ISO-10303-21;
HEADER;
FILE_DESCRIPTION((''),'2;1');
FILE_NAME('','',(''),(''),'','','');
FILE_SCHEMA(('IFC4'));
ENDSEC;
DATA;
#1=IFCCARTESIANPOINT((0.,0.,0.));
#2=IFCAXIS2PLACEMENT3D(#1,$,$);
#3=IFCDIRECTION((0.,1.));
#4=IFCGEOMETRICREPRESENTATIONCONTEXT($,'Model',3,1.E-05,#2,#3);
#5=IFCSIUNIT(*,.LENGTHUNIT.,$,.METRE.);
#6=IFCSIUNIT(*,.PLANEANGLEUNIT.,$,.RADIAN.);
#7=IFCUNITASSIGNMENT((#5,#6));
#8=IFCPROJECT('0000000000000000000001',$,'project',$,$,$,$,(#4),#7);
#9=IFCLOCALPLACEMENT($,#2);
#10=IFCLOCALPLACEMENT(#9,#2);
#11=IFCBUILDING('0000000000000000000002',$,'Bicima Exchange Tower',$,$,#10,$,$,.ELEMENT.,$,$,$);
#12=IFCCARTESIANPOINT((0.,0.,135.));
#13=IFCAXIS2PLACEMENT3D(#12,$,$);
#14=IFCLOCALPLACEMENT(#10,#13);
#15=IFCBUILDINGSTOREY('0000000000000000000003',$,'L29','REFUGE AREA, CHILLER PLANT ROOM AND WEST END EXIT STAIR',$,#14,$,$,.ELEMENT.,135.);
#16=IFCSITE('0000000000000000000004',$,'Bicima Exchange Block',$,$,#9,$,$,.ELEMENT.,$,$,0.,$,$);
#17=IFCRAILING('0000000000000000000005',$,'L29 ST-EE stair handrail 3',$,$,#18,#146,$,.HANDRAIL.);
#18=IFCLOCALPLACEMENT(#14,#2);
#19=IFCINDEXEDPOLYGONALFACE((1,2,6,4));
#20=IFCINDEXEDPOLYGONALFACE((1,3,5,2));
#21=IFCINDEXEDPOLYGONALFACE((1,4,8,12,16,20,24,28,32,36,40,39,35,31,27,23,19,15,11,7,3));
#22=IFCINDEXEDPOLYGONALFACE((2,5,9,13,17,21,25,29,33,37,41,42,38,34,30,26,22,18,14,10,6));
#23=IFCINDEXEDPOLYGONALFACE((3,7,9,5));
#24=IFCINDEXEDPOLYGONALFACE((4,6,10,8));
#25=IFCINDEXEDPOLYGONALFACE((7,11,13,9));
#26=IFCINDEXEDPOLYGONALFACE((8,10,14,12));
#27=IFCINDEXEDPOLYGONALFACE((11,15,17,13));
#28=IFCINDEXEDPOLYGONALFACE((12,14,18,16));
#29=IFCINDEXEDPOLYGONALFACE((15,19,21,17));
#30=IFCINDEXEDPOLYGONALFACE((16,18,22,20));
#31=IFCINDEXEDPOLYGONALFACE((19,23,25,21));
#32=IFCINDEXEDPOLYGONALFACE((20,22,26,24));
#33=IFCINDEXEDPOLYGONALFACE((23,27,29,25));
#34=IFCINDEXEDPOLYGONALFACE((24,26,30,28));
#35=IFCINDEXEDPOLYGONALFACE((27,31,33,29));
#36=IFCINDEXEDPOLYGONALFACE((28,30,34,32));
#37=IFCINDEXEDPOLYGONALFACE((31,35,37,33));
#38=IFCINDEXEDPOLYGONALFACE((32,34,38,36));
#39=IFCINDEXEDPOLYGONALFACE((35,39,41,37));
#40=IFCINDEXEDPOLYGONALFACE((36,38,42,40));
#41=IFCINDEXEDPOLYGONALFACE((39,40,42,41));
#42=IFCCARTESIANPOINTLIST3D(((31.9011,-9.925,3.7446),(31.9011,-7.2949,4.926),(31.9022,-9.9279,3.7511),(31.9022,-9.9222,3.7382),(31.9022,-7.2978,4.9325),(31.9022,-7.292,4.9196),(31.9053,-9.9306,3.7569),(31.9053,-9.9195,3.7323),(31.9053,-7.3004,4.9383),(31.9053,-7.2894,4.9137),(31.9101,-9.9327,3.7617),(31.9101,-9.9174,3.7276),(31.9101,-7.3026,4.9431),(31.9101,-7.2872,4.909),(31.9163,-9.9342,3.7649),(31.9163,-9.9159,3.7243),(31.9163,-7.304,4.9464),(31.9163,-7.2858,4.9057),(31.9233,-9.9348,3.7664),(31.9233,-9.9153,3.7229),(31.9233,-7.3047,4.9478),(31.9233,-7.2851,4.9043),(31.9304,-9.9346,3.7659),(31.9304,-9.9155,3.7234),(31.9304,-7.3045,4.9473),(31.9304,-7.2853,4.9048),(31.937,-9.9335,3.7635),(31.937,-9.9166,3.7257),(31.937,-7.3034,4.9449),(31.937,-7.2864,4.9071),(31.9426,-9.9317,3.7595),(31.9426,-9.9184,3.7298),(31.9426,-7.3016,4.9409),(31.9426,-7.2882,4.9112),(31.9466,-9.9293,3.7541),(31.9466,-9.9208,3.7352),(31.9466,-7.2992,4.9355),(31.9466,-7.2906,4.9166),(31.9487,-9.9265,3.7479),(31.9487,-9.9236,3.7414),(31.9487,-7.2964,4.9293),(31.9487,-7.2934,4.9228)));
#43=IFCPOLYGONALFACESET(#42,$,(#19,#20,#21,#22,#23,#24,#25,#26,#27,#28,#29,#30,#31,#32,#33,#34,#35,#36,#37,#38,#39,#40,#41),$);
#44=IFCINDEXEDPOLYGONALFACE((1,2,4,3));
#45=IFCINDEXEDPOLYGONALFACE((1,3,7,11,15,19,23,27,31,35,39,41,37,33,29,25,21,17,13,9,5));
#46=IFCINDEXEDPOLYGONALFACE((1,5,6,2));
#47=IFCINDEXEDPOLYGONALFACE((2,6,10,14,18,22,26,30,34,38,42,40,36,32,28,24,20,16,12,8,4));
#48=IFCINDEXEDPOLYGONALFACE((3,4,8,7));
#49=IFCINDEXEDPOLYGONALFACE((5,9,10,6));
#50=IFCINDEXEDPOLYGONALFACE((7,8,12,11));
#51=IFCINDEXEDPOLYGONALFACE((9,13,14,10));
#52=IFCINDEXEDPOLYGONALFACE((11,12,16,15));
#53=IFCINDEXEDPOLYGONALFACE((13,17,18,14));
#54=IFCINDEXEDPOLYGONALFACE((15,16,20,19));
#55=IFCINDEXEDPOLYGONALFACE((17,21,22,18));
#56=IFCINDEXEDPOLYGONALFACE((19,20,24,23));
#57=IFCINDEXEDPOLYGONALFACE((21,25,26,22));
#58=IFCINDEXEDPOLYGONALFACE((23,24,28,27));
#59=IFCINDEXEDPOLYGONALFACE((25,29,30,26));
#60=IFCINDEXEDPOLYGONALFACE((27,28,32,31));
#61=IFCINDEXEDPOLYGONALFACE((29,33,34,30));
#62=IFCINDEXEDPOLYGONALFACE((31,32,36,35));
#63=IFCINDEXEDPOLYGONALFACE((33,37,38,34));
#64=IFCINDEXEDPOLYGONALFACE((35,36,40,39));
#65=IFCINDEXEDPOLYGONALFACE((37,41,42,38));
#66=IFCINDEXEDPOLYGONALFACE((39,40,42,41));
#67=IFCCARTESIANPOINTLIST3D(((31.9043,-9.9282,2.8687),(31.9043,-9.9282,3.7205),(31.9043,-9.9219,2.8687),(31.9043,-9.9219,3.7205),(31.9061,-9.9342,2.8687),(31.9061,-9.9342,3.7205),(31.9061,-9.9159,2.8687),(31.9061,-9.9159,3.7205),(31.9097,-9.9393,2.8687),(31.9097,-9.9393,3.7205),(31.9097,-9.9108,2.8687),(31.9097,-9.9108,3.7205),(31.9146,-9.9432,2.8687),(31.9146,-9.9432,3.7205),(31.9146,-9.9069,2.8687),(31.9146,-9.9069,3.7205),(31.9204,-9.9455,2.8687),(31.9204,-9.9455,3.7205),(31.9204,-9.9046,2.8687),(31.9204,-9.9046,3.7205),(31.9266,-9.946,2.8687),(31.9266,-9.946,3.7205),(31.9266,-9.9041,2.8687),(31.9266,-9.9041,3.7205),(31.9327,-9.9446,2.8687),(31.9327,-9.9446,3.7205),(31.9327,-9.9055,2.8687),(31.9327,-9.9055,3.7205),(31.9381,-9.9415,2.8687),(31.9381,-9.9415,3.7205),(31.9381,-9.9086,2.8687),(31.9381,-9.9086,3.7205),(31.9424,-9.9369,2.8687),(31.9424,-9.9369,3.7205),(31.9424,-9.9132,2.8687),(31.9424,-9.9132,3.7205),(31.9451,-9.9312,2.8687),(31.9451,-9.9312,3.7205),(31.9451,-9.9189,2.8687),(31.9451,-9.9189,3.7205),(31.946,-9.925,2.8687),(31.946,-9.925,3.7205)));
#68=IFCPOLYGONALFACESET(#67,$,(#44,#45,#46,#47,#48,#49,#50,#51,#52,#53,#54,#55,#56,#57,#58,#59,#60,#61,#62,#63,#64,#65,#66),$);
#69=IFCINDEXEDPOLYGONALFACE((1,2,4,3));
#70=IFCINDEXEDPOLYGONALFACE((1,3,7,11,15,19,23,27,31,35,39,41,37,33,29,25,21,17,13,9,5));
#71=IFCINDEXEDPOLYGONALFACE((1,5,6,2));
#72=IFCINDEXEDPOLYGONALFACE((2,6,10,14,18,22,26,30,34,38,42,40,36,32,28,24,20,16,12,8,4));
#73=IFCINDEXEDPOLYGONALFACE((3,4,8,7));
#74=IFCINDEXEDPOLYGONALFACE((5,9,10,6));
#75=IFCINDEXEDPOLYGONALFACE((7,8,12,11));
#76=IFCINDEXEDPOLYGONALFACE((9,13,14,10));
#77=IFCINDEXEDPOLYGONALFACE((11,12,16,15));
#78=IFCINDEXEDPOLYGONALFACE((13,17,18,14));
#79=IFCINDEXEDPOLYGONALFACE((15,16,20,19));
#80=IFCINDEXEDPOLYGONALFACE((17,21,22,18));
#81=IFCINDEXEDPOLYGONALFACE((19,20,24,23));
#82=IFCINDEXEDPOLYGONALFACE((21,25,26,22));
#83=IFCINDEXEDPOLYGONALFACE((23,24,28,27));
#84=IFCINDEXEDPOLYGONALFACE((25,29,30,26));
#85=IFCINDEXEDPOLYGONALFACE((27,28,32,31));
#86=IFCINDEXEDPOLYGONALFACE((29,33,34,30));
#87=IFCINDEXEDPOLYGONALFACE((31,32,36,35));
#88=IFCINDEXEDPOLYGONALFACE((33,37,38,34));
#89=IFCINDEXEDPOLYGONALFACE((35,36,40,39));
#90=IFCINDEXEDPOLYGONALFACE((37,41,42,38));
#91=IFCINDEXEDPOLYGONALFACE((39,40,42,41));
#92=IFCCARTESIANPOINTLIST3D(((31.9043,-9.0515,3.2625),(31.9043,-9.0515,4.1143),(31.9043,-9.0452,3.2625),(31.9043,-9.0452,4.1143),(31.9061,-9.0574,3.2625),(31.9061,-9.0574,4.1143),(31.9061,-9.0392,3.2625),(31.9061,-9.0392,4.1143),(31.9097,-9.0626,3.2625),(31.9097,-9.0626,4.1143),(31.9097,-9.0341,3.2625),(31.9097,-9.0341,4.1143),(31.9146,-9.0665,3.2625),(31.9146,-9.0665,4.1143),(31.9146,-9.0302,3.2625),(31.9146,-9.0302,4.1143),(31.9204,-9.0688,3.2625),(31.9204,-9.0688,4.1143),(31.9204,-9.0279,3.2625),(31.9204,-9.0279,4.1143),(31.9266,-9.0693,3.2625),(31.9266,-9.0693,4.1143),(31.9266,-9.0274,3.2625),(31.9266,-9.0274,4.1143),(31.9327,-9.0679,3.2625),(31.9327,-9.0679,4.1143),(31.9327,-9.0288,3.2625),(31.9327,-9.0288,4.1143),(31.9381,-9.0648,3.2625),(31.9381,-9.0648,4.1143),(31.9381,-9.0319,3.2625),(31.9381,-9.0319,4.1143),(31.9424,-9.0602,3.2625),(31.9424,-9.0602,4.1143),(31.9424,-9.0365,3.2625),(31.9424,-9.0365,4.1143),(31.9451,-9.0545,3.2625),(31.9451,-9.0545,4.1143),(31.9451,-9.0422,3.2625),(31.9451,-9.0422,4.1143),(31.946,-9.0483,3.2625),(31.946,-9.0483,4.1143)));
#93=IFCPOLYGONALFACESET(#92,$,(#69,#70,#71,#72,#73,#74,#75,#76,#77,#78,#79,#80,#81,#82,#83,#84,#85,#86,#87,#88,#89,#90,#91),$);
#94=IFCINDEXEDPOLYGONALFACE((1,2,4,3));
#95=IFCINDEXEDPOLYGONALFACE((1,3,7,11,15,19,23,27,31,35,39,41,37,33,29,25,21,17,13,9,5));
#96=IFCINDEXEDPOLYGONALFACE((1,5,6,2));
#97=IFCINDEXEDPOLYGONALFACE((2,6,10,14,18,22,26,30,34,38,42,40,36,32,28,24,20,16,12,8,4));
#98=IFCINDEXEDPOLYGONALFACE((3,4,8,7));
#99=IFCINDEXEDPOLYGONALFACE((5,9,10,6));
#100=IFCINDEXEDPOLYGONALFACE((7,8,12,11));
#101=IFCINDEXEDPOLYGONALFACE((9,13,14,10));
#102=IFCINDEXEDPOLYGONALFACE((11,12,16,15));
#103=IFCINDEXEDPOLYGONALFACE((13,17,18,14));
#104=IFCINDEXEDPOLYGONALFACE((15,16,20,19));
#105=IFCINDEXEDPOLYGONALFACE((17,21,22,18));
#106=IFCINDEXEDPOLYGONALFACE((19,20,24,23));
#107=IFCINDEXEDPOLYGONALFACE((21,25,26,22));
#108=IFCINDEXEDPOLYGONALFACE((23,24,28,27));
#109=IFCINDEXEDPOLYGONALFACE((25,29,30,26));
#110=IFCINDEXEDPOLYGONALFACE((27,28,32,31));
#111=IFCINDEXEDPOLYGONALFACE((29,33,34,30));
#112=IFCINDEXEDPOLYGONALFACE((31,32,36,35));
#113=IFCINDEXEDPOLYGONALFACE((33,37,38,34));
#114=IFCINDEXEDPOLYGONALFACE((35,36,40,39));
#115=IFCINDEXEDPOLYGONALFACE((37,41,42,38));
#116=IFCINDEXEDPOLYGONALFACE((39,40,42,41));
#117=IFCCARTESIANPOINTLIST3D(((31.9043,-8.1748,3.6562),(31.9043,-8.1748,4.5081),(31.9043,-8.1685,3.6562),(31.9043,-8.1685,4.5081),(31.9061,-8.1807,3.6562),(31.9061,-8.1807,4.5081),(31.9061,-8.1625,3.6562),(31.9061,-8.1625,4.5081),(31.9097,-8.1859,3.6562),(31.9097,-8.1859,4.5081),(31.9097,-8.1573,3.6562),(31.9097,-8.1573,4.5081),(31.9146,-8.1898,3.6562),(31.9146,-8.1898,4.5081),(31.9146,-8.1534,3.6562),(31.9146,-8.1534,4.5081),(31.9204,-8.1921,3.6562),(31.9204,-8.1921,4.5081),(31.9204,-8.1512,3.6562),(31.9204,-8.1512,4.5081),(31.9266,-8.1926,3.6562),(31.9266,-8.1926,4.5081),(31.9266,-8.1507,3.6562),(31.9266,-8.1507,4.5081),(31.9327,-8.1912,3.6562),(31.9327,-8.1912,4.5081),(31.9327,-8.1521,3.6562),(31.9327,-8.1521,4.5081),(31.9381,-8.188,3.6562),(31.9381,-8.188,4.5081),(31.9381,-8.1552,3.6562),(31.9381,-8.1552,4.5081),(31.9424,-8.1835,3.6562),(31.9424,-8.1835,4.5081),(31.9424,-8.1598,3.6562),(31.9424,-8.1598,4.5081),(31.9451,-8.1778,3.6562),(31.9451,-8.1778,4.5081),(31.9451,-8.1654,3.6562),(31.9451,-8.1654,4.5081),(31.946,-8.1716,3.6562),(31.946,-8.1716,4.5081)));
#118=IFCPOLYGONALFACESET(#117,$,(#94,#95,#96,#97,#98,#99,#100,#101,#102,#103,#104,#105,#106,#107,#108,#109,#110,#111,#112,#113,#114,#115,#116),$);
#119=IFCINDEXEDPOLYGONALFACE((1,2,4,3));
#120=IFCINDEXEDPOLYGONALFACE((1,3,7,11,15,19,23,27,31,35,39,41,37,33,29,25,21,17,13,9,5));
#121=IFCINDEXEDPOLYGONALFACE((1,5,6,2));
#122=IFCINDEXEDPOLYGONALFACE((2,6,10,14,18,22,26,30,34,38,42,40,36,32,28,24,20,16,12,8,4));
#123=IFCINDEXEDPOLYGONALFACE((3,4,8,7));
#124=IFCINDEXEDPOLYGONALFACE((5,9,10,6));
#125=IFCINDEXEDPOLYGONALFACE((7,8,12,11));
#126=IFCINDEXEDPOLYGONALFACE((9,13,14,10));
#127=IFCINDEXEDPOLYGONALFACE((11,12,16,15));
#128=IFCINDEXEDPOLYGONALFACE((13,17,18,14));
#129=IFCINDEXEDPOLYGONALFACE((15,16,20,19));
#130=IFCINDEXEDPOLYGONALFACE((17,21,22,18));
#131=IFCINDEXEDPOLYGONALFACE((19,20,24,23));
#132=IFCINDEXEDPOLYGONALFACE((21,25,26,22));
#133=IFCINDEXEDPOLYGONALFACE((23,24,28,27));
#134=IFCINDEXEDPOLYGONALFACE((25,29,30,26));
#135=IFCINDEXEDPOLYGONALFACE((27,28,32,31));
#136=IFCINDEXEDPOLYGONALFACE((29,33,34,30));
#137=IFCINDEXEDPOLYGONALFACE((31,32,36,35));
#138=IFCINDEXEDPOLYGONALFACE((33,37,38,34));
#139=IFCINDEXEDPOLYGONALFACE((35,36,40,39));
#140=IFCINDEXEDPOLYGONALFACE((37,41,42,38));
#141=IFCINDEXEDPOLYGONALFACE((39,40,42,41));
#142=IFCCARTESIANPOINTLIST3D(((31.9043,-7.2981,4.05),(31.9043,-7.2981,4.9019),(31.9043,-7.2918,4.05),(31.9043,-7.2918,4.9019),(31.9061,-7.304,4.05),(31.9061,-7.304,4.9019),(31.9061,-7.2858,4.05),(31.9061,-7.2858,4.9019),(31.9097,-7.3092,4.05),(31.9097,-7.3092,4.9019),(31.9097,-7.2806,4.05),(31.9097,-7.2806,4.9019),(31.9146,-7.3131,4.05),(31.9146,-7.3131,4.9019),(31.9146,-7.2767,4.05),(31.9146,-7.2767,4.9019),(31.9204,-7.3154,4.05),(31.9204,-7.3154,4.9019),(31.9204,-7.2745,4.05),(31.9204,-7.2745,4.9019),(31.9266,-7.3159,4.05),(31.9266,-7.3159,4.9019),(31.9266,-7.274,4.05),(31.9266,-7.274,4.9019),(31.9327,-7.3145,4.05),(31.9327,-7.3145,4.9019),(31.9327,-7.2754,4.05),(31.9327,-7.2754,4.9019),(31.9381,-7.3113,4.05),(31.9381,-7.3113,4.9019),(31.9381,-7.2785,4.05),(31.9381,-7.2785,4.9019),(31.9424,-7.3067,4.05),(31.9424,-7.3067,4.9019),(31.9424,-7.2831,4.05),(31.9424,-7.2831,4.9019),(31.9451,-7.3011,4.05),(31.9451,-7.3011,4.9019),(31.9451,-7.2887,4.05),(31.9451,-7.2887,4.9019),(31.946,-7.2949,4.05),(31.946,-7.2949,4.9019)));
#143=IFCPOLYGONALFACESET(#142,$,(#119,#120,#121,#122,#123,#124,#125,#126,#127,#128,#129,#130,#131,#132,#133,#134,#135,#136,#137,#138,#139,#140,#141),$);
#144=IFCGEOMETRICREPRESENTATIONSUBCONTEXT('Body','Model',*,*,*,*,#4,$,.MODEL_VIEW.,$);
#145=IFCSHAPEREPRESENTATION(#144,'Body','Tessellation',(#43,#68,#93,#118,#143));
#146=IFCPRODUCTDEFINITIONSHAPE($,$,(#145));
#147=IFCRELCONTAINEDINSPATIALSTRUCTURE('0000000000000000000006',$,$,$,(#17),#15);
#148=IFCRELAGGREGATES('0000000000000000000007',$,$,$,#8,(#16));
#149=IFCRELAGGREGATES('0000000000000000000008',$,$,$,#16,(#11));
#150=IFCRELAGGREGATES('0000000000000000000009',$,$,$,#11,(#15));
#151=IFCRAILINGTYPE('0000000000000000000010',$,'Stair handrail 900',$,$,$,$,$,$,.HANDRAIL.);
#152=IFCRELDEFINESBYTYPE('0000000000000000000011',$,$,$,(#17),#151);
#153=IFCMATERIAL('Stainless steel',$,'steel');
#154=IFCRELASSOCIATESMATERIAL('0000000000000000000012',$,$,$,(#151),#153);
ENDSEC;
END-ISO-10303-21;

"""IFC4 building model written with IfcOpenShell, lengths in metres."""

from ifc_helpers import new_model, si_unit, direction, frame, origin, origin_2d, place, context, subcontext, project, spatial, circle, extrude, material, type_object, element, save


model = new_model("IFC4")

# Units and contexts
model_context = context("Model", 3, precision=1e-05, world=origin(), true_north=direction((0.0, 1.0)))
body_context = subcontext(model_context, "Body", "Model", "MODEL_VIEW")
ifc_project = project(units=[si_unit("LENGTHUNIT", "METRE"), si_unit("PLANEANGLEUNIT", "RADIAN")], contexts=[model_context])

# Site, building, storey
site_placement = place(None, origin())
site = spatial("IfcSite", under=ifc_project, at=site_placement, Name="Bicima Exchange Block", CompositionType="ELEMENT", RefElevation=0.0)
building_placement = place(site_placement, origin())
building = spatial("IfcBuilding", under=site, at=building_placement, Name="Bicima Exchange Tower", CompositionType="ELEMENT")
storey_placement = place(building_placement, frame((0.0, 0.0, 135.0)))
storey = spatial("IfcBuildingStorey", under=building, at=storey_placement, Name="L29", Description="REFUGE AREA, CHILLER PLANT ROOM AND WEST END EXIT STAIR", CompositionType="ELEMENT", Elevation=135.0)

# Railing
ifc_material_1 = material(Name="Stainless steel", Category="steel")
railing_type_1 = type_object("IfcRailingType", Name="Stair handrail 900", PredefinedType="HANDRAIL", material=ifc_material_1)
railing_1_placement = place(storey_placement, frame((31.925, -9.925, 2.8687)))
element("IfcRailing", 1, at=railing_1_placement, inside=storey, type_object=railing_type_1, Name="L29 ST-EE stair handrail 3", PredefinedType="HANDRAIL", context=body_context, shape_type="SweptSolid", body=[
    extrude(circle(Radius=0.0239, at=origin_2d()), frame((0.0, 0.0, 0.876), z_axis=(0.0, 0.912202, 0.409741), x_axis=(-1.0, 0.0, 0.0)), (0.0, 0.0, 1.0), 2.8833),
    extrude(circle(Radius=0.021, at=origin_2d()), origin(), (0.0, 0.0, 1.0), 0.8518),
    extrude(circle(Radius=0.021, at=origin_2d()), frame((0.0, 0.8767, 0.3938)), (0.0, 0.0, 1.0), 0.8518),
    extrude(circle(Radius=0.021, at=origin_2d()), frame((0.0, 1.7534, 0.7876)), (0.0, 0.0, 1.0), 0.8518),
    extrude(circle(Radius=0.021, at=origin_2d()), frame((0.0, 2.6301, 1.1814)), (0.0, 0.0, 1.0), 0.8518),
])

save(model, "model.ifc")
